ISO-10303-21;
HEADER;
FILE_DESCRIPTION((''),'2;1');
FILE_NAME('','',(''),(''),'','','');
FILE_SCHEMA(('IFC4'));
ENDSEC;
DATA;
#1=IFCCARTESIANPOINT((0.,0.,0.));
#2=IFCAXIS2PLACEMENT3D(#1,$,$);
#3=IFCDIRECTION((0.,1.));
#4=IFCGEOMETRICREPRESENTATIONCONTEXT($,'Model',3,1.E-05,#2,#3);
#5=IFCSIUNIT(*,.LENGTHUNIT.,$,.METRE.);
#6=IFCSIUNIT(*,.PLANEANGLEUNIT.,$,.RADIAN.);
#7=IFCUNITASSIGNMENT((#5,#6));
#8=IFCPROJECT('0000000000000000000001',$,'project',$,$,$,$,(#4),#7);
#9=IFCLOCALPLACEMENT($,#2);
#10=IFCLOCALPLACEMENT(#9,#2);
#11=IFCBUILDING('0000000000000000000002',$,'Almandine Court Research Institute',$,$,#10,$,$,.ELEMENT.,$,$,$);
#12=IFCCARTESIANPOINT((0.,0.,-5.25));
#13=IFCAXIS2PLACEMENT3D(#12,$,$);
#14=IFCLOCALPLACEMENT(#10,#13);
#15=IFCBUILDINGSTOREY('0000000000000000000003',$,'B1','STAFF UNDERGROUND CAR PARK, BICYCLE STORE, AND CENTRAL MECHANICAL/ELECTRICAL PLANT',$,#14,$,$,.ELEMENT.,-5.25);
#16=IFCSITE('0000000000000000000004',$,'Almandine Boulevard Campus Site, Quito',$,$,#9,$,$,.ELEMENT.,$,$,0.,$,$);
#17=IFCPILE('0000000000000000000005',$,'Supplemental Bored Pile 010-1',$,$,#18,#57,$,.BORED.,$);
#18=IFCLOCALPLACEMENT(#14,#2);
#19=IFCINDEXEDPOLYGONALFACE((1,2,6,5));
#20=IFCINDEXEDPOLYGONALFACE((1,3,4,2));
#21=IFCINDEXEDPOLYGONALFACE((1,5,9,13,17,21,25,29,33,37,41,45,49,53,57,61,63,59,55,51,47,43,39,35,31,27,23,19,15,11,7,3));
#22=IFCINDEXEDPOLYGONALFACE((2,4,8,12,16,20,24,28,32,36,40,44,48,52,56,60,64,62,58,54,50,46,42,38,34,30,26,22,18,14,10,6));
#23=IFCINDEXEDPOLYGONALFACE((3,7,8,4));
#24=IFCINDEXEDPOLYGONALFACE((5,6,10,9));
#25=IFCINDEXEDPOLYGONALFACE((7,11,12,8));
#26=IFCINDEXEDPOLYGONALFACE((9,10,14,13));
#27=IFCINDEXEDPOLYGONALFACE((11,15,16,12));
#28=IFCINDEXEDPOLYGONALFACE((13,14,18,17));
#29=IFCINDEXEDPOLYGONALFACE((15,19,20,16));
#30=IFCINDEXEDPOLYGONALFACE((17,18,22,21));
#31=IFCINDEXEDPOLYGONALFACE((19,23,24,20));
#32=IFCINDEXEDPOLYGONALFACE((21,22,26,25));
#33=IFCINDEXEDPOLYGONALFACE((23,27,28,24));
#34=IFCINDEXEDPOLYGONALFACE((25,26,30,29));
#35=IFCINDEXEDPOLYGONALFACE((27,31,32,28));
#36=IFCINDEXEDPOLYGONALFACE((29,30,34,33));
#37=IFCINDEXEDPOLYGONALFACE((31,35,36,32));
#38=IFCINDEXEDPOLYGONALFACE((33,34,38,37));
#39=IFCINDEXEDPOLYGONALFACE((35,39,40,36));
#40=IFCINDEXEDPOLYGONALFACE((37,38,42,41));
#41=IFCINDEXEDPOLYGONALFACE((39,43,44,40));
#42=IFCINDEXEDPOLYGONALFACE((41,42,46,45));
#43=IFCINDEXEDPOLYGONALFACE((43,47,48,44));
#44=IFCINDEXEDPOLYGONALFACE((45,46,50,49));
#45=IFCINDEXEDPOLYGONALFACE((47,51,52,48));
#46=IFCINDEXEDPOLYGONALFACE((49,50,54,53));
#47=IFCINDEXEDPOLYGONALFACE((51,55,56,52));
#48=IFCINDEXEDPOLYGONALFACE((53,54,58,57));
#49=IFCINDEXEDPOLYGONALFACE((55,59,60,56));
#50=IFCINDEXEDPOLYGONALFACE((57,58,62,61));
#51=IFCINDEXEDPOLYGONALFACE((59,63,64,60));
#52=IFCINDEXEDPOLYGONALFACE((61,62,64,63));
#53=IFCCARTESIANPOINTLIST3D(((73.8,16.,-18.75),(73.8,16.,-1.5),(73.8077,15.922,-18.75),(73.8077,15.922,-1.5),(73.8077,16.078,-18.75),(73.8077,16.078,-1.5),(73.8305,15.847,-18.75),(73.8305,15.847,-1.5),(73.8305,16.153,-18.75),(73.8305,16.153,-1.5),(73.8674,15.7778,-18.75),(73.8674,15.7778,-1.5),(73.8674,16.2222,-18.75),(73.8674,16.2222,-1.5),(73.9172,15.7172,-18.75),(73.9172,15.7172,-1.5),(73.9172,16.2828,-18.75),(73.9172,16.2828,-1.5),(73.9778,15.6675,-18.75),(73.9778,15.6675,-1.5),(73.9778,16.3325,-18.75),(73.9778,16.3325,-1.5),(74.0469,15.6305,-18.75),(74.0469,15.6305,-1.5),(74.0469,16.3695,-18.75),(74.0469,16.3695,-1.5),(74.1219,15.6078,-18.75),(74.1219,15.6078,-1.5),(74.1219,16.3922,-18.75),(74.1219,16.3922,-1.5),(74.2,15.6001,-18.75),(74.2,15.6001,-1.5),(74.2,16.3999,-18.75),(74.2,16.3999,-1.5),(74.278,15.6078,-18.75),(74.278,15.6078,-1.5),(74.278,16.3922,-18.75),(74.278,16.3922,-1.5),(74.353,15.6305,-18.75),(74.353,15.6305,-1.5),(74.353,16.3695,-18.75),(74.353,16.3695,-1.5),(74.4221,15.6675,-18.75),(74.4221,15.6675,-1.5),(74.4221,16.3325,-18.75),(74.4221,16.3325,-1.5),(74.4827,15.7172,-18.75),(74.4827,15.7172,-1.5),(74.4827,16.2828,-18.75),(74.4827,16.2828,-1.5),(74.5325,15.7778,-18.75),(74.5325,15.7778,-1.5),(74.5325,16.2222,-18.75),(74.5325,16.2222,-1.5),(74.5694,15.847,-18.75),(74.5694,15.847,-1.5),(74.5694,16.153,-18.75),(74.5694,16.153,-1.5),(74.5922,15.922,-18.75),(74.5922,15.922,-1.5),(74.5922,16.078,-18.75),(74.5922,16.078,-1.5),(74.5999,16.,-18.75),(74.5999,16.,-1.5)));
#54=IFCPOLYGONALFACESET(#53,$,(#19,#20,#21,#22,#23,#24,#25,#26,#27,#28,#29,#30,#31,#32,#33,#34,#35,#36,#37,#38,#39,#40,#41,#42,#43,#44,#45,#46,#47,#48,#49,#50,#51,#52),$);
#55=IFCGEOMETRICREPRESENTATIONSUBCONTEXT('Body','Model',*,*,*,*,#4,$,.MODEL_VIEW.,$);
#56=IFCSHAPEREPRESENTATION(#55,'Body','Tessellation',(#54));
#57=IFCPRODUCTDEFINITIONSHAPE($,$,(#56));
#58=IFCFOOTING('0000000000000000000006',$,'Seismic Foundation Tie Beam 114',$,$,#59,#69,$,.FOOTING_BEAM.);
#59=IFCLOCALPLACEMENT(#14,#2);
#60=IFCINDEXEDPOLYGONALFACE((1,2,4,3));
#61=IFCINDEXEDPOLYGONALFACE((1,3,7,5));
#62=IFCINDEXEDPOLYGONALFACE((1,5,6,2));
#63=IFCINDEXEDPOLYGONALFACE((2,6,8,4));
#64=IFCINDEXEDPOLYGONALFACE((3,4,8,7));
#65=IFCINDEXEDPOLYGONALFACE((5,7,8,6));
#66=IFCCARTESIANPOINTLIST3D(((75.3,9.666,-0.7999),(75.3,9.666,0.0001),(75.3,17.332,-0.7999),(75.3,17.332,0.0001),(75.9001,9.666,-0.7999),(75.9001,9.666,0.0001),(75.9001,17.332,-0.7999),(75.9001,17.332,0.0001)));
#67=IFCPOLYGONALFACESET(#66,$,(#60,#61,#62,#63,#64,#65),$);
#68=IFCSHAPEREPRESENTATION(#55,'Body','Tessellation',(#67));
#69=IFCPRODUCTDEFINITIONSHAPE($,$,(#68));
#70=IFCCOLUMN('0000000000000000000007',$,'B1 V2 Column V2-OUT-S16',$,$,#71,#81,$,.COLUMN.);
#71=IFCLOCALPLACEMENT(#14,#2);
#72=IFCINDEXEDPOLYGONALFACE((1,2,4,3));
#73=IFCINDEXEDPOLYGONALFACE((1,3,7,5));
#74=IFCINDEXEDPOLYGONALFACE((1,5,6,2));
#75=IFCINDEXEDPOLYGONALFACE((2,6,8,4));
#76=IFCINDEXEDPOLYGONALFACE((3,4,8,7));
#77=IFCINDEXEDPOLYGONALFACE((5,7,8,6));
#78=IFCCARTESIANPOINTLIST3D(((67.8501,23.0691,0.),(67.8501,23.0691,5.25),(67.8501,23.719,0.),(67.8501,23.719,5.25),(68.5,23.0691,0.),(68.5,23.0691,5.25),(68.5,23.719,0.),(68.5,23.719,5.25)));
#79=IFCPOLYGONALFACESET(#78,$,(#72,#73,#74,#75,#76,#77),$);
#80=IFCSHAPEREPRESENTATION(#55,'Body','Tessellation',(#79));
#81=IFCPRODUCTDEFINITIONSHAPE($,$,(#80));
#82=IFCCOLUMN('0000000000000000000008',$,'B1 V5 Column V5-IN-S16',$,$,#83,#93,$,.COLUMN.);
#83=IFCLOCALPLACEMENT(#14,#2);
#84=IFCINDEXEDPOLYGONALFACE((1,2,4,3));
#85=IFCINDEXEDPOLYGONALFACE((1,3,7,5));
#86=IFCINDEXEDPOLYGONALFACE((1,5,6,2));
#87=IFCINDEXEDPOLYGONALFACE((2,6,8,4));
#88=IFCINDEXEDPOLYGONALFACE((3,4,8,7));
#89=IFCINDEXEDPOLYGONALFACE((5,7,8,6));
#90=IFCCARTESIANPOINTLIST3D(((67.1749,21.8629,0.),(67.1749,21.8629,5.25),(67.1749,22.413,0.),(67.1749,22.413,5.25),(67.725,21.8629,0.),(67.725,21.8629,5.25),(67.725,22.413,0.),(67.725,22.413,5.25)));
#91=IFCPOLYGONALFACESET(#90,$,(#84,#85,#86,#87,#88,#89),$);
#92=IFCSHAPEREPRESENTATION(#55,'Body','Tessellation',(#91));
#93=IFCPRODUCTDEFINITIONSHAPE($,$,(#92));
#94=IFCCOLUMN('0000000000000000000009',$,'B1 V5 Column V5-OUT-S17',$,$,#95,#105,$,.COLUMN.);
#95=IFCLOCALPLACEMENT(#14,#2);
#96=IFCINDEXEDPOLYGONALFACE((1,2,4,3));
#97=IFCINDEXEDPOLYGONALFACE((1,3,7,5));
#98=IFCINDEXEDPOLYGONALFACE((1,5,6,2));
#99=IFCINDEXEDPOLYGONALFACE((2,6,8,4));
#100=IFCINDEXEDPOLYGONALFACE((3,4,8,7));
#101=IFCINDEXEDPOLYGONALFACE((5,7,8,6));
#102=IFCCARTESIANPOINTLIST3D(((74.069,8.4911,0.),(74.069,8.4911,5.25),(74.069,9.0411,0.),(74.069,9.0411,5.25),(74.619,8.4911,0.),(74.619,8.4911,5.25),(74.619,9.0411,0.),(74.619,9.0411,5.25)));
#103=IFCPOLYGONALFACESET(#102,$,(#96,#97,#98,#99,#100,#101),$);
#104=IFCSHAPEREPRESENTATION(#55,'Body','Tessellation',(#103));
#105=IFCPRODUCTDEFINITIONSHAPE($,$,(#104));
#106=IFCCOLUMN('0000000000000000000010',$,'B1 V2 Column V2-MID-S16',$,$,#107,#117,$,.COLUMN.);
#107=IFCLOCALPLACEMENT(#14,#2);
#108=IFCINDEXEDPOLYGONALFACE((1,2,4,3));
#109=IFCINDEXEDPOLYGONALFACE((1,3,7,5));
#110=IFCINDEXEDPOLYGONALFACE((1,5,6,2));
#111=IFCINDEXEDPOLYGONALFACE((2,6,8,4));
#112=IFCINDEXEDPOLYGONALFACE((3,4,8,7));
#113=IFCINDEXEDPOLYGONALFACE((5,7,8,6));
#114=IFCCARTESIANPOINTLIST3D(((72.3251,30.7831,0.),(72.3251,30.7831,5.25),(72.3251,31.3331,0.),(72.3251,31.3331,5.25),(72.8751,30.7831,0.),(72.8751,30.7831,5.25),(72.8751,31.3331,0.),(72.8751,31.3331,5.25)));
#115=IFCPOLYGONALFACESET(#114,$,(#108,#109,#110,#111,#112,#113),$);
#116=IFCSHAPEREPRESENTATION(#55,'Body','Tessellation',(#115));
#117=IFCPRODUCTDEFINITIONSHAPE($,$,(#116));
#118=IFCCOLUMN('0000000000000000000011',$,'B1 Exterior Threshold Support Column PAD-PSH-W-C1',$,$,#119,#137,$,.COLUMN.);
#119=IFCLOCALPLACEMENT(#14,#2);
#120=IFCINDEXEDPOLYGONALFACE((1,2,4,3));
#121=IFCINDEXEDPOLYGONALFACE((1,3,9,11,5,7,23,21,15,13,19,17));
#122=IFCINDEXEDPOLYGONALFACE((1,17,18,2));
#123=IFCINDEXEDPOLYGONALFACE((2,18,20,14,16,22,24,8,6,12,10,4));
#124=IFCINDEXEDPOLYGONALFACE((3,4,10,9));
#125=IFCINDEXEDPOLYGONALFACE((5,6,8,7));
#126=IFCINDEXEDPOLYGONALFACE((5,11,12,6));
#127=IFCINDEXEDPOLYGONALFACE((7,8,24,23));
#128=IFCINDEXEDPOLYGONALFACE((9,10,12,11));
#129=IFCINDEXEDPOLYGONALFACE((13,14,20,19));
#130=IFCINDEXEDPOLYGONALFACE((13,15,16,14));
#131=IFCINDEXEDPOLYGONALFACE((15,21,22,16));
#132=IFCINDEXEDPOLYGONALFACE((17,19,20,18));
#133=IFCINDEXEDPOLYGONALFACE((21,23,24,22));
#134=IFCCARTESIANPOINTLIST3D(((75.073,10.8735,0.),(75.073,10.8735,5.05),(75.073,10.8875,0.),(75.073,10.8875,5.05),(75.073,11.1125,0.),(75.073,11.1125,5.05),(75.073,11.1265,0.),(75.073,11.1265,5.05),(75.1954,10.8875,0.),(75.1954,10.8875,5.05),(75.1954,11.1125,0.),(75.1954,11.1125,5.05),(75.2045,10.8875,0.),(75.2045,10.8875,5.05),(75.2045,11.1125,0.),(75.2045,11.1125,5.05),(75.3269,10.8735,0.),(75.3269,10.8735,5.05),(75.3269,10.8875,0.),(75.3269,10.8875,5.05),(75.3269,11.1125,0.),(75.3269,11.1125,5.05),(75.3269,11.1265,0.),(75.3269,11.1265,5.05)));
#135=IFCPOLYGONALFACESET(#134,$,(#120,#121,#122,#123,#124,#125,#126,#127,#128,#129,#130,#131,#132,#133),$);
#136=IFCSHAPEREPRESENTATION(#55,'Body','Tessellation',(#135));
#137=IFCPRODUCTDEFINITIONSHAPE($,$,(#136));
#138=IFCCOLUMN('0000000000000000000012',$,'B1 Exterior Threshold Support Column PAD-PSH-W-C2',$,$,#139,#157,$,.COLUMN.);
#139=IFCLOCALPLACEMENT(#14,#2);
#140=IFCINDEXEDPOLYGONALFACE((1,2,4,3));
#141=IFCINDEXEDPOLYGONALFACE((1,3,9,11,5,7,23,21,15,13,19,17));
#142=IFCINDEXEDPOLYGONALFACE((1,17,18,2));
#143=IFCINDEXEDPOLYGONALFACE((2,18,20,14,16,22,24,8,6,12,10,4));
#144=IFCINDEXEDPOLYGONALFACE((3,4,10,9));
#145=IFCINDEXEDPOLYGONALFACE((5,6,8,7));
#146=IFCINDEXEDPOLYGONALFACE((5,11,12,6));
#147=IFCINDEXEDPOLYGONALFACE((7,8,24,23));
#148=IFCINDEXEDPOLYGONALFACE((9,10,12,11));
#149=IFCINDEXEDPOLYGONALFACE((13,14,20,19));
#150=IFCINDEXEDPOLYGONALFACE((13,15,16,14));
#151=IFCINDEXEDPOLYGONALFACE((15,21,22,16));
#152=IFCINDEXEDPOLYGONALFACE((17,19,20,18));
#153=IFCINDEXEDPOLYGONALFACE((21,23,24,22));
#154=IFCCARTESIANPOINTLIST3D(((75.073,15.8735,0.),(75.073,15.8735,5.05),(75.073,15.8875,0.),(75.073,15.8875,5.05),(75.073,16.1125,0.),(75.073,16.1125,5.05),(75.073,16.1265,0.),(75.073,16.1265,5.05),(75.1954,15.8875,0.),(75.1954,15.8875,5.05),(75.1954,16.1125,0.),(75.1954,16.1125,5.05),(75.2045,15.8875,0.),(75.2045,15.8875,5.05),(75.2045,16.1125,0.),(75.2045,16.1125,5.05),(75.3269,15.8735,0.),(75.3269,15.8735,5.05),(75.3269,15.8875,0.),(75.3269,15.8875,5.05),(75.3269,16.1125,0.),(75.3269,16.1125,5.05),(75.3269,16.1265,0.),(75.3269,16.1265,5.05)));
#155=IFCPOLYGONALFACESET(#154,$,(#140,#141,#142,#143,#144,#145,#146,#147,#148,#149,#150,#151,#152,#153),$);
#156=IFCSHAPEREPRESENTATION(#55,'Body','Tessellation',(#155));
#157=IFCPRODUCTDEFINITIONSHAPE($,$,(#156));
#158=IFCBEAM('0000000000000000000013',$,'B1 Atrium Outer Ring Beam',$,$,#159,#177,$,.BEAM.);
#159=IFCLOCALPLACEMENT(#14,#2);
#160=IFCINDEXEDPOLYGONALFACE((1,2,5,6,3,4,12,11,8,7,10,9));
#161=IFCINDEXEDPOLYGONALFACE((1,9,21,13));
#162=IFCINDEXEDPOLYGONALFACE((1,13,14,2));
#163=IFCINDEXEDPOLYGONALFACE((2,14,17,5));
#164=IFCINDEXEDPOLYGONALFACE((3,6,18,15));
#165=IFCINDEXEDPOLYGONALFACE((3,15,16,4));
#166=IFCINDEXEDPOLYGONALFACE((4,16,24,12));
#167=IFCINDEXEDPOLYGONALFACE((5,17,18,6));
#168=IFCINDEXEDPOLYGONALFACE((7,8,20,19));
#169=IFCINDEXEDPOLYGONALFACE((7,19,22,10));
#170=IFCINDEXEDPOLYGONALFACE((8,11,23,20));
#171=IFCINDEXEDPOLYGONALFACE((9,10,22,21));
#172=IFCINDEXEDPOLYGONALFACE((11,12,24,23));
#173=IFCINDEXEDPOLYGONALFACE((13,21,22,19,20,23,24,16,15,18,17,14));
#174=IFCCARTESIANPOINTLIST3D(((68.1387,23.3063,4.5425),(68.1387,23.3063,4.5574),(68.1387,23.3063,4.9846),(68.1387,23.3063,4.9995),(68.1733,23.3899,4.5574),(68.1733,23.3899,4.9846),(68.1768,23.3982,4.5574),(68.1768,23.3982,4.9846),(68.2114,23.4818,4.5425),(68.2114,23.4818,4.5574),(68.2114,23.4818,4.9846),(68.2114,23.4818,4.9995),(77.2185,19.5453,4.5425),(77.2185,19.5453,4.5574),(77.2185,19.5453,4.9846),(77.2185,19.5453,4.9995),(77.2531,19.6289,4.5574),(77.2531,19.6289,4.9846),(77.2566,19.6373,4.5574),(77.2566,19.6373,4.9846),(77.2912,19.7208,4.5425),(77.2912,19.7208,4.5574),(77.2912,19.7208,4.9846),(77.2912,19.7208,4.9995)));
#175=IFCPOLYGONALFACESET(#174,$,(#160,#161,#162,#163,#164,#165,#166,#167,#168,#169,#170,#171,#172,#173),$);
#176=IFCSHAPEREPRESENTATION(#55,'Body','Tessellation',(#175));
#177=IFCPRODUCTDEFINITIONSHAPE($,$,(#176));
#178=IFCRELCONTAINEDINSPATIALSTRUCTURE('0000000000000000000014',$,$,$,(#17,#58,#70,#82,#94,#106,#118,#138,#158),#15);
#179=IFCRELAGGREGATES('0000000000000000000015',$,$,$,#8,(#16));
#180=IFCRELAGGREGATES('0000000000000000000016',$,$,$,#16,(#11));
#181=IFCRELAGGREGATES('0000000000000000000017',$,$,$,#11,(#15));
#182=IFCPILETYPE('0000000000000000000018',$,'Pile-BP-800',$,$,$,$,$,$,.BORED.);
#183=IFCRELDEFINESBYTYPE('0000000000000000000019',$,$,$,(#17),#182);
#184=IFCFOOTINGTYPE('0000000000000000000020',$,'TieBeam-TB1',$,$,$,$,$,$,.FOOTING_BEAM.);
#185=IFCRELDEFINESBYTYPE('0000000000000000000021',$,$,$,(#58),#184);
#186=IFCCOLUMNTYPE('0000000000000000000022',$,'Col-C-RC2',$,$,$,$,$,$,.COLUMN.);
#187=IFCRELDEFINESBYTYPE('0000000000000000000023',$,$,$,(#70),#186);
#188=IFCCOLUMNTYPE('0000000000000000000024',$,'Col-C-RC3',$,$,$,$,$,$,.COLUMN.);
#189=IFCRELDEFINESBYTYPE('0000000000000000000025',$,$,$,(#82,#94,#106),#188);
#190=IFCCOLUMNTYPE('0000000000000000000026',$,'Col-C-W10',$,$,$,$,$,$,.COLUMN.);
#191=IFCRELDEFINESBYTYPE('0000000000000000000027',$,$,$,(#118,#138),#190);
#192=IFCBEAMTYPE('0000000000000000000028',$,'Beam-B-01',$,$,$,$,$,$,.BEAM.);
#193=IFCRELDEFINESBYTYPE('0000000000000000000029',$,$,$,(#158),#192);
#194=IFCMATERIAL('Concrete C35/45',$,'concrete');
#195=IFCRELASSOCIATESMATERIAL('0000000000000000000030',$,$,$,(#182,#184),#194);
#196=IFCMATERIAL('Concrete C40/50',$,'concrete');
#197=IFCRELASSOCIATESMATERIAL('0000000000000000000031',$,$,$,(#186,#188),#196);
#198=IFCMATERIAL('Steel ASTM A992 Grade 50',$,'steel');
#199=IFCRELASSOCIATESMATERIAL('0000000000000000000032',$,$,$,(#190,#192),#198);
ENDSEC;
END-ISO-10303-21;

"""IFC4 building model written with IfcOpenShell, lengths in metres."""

from ifc_helpers import new_model, si_unit, direction, frame, origin, origin_2d, place, context, subcontext, project, spatial, rectangle, circle, i_section, extrude, material, material_profile, profile_set, type_object, element, save


model = new_model("IFC4")

# Units and contexts
model_context = context("Model", 3, precision=1e-05, world=origin(), true_north=direction((0.0, 1.0)))
body_context = subcontext(model_context, "Body", "Model", "MODEL_VIEW")
ifc_project = project(units=[si_unit("LENGTHUNIT", "METRE"), si_unit("PLANEANGLEUNIT", "RADIAN")], contexts=[model_context])

# Site, building, storey
site_placement = place(None, origin())
site = spatial("IfcSite", under=ifc_project, at=site_placement, Name="Almandine Boulevard Campus Site, Quito", CompositionType="ELEMENT", RefElevation=0.0)
building_placement = place(site_placement, origin())
building = spatial("IfcBuilding", under=site, at=building_placement, Name="Almandine Court Research Institute", CompositionType="ELEMENT")
storey_placement = place(building_placement, frame((0.0, 0.0, -5.25)))
storey = spatial("IfcBuildingStorey", under=building, at=storey_placement, Name="B1", Description="STAFF UNDERGROUND CAR PARK, BICYCLE STORE, AND CENTRAL MECHANICAL/ELECTRICAL PLANT", CompositionType="ELEMENT", Elevation=-5.25)

# Shared definitions
ifc_material_1 = material(Name="Concrete C35/45", Category="concrete")

# Pile
ifc_material_profile_1 = material_profile(ifc_material_1, circle(Radius=0.3999, at=origin_2d()), Name="BORED PILE D800")
ifc_profile_set_1 = profile_set([ifc_material_profile_1], Name="Concrete C35/45")
pile_type_1 = type_object("IfcPileType", Name="Pile-BP-800", PredefinedType="BORED", material=ifc_profile_set_1)
for number, where, z_axis, x_axis, name in (
    (1, (74.2, 16.0, -1.5), (0.0, 0.0, -1.0), (1.0, 0.0, 0.0), "Supplemental Bored Pile 010-1"),
):
    element("IfcPile", number, at=place(storey_placement, frame(where, z_axis=z_axis, x_axis=x_axis)), inside=storey, type_object=pile_type_1, Name=name, PredefinedType="BORED", context=body_context, shape_type="SweptSolid", body=[
        extrude(circle(Radius=0.3999, at=origin_2d()), origin(), (0.0, 0.0, 1.0), 17.25),
    ])

# Footing
ifc_material_profile_2 = material_profile(ifc_material_1, rectangle(XDim=0.6001, YDim=0.8, at=origin_2d()), Name="RC TIE 600x800")
ifc_profile_set_2 = profile_set([ifc_material_profile_2], Name="Concrete C35/45")
footing_type_1 = type_object("IfcFootingType", Name="TieBeam-TB1", PredefinedType="FOOTING_BEAM", material=ifc_profile_set_2)
footing_1_placement = place(storey_placement, frame((75.6001, 9.666, -0.3999), z_axis=(0.0, 1.0, 0.0), x_axis=(-1.0, 0.0, 0.0)))
element("IfcFooting", 2, at=footing_1_placement, inside=storey, type_object=footing_type_1, Name="Seismic Foundation Tie Beam 114", PredefinedType="FOOTING_BEAM", context=body_context, shape_type="SweptSolid", body=[
    extrude(rectangle(XDim=0.6001, YDim=0.8, at=origin_2d()), origin(), (0.0, 0.0, 1.0), 7.666),
])

# Columns
ifc_material_2 = material(Name="Concrete C40/50", Category="concrete")
ifc_material_profile_3 = material_profile(ifc_material_2, rectangle(XDim=0.6499, YDim=0.6499, at=origin_2d()), Name="RC 650x650")
ifc_profile_set_3 = profile_set([ifc_material_profile_3], Name="Concrete C40/50")
column_type_1 = type_object("IfcColumnType", Name="Col-C-RC2", PredefinedType="COLUMN", material=ifc_profile_set_3)
column_placement = place(storey_placement, frame((68.175, 23.394, 0.0), z_axis=(0.0, 0.0, 1.0), x_axis=(1.0, 0.0, 0.0)))
element("IfcColumn", 3, at=column_placement, inside=storey, type_object=column_type_1, Name="B1 V2 Column V2-OUT-S16", PredefinedType="COLUMN", context=body_context, shape_type="SweptSolid", body=[
    extrude(rectangle(XDim=0.6499, YDim=0.6499, at=origin_2d()), origin(), (0.0, 0.0, 1.0), 5.25),
])
ifc_material_profile_4 = material_profile(ifc_material_2, rectangle(XDim=0.55, YDim=0.55, at=origin_2d()), Name="RC 550x550")
ifc_profile_set_4 = profile_set([ifc_material_profile_4], Name="Concrete C40/50")
column_type_2 = type_object("IfcColumnType", Name="Col-C-RC3", PredefinedType="COLUMN", material=ifc_profile_set_4)
for number, where, z_axis, x_axis, name in (
    (4, (67.45, 22.1379, 0.0), (0.0, 0.0, 1.0), (1.0, 0.0, 0.0), "B1 V5 Column V5-IN-S16"),
    (5, (74.344, 8.7661, 0.0), (0.0, 0.0, 1.0), (1.0, 0.0, 0.0), "B1 V5 Column V5-OUT-S17"),
    (6, (72.6001, 31.0581, 0.0), (0.0, 0.0, 1.0), (1.0, 0.0, 0.0), "B1 V2 Column V2-MID-S16"),
):
    element("IfcColumn", number, at=place(storey_placement, frame(where, z_axis=z_axis, x_axis=x_axis)), inside=storey, type_object=column_type_2, Name=name, PredefinedType="COLUMN", context=body_context, shape_type="SweptSolid", body=[
        extrude(rectangle(XDim=0.55, YDim=0.55, at=origin_2d()), origin(), (0.0, 0.0, 1.0), 5.25),
    ])
ifc_material_3 = material(Name="Steel ASTM A992 Grade 50", Category="steel")
ifc_material_profile_5 = material_profile(ifc_material_3, i_section(OverallWidth=0.2539, OverallDepth=0.2529, WebThickness=0.009, FlangeThickness=0.0139, at=origin_2d()), Name="W250x73")
ifc_profile_set_5 = profile_set([ifc_material_profile_5], Name="Steel ASTM A992 Grade 50")
column_type_3 = type_object("IfcColumnType", Name="Col-C-W10", PredefinedType="COLUMN", material=ifc_profile_set_5)
for number, where, z_axis, x_axis, name in (
    (7, (75.2, 11.0, 0.0), (0.0, 0.0, 1.0), (1.0, 0.0, 0.0), "B1 Exterior Threshold Support Column PAD-PSH-W-C1"),
    (8, (75.2, 16.0, 0.0), (0.0, 0.0, 1.0), (1.0, 0.0, 0.0), "B1 Exterior Threshold Support Column PAD-PSH-W-C2"),
):
    element("IfcColumn", number, at=place(storey_placement, frame(where, z_axis=z_axis, x_axis=x_axis)), inside=storey, type_object=column_type_3, Name=name, PredefinedType="COLUMN", context=body_context, shape_type="SweptSolid", body=[
        extrude(i_section(OverallWidth=0.2539, OverallDepth=0.2529, WebThickness=0.009, FlangeThickness=0.0139, at=origin_2d()), origin(), (0.0, 0.0, 1.0), 5.05),
    ])

# Beam
ifc_material_profile_6 = material_profile(ifc_material_3, i_section(OverallWidth=0.1899, OverallDepth=0.457, WebThickness=0.009, FlangeThickness=0.0149, at=origin_2d()), Name="W460x74")
ifc_profile_set_6 = profile_set([ifc_material_profile_6], Name="Steel ASTM A992 Grade 50")
beam_type_1 = type_object("IfcBeamType", Name="Beam-B-01", PredefinedType="BEAM", material=ifc_profile_set_6)
beam_1_placement = place(storey_placement, frame((68.175, 23.394, 4.771), z_axis=(0.92388, -0.382683, 0.0), x_axis=(0.382683, 0.92388, 0.0)))
element("IfcBeam", 9, at=beam_1_placement, inside=storey, type_object=beam_type_1, Name="B1 Atrium Outer Ring Beam", PredefinedType="BEAM", context=body_context, shape_type="SweptSolid", body=[
    extrude(i_section(OverallWidth=0.1899, OverallDepth=0.457, WebThickness=0.009, FlangeThickness=0.0149, at=origin_2d()), origin(), (0.0, 0.0, 1.0), 9.8279),
])

save(model, "model.ifc")
